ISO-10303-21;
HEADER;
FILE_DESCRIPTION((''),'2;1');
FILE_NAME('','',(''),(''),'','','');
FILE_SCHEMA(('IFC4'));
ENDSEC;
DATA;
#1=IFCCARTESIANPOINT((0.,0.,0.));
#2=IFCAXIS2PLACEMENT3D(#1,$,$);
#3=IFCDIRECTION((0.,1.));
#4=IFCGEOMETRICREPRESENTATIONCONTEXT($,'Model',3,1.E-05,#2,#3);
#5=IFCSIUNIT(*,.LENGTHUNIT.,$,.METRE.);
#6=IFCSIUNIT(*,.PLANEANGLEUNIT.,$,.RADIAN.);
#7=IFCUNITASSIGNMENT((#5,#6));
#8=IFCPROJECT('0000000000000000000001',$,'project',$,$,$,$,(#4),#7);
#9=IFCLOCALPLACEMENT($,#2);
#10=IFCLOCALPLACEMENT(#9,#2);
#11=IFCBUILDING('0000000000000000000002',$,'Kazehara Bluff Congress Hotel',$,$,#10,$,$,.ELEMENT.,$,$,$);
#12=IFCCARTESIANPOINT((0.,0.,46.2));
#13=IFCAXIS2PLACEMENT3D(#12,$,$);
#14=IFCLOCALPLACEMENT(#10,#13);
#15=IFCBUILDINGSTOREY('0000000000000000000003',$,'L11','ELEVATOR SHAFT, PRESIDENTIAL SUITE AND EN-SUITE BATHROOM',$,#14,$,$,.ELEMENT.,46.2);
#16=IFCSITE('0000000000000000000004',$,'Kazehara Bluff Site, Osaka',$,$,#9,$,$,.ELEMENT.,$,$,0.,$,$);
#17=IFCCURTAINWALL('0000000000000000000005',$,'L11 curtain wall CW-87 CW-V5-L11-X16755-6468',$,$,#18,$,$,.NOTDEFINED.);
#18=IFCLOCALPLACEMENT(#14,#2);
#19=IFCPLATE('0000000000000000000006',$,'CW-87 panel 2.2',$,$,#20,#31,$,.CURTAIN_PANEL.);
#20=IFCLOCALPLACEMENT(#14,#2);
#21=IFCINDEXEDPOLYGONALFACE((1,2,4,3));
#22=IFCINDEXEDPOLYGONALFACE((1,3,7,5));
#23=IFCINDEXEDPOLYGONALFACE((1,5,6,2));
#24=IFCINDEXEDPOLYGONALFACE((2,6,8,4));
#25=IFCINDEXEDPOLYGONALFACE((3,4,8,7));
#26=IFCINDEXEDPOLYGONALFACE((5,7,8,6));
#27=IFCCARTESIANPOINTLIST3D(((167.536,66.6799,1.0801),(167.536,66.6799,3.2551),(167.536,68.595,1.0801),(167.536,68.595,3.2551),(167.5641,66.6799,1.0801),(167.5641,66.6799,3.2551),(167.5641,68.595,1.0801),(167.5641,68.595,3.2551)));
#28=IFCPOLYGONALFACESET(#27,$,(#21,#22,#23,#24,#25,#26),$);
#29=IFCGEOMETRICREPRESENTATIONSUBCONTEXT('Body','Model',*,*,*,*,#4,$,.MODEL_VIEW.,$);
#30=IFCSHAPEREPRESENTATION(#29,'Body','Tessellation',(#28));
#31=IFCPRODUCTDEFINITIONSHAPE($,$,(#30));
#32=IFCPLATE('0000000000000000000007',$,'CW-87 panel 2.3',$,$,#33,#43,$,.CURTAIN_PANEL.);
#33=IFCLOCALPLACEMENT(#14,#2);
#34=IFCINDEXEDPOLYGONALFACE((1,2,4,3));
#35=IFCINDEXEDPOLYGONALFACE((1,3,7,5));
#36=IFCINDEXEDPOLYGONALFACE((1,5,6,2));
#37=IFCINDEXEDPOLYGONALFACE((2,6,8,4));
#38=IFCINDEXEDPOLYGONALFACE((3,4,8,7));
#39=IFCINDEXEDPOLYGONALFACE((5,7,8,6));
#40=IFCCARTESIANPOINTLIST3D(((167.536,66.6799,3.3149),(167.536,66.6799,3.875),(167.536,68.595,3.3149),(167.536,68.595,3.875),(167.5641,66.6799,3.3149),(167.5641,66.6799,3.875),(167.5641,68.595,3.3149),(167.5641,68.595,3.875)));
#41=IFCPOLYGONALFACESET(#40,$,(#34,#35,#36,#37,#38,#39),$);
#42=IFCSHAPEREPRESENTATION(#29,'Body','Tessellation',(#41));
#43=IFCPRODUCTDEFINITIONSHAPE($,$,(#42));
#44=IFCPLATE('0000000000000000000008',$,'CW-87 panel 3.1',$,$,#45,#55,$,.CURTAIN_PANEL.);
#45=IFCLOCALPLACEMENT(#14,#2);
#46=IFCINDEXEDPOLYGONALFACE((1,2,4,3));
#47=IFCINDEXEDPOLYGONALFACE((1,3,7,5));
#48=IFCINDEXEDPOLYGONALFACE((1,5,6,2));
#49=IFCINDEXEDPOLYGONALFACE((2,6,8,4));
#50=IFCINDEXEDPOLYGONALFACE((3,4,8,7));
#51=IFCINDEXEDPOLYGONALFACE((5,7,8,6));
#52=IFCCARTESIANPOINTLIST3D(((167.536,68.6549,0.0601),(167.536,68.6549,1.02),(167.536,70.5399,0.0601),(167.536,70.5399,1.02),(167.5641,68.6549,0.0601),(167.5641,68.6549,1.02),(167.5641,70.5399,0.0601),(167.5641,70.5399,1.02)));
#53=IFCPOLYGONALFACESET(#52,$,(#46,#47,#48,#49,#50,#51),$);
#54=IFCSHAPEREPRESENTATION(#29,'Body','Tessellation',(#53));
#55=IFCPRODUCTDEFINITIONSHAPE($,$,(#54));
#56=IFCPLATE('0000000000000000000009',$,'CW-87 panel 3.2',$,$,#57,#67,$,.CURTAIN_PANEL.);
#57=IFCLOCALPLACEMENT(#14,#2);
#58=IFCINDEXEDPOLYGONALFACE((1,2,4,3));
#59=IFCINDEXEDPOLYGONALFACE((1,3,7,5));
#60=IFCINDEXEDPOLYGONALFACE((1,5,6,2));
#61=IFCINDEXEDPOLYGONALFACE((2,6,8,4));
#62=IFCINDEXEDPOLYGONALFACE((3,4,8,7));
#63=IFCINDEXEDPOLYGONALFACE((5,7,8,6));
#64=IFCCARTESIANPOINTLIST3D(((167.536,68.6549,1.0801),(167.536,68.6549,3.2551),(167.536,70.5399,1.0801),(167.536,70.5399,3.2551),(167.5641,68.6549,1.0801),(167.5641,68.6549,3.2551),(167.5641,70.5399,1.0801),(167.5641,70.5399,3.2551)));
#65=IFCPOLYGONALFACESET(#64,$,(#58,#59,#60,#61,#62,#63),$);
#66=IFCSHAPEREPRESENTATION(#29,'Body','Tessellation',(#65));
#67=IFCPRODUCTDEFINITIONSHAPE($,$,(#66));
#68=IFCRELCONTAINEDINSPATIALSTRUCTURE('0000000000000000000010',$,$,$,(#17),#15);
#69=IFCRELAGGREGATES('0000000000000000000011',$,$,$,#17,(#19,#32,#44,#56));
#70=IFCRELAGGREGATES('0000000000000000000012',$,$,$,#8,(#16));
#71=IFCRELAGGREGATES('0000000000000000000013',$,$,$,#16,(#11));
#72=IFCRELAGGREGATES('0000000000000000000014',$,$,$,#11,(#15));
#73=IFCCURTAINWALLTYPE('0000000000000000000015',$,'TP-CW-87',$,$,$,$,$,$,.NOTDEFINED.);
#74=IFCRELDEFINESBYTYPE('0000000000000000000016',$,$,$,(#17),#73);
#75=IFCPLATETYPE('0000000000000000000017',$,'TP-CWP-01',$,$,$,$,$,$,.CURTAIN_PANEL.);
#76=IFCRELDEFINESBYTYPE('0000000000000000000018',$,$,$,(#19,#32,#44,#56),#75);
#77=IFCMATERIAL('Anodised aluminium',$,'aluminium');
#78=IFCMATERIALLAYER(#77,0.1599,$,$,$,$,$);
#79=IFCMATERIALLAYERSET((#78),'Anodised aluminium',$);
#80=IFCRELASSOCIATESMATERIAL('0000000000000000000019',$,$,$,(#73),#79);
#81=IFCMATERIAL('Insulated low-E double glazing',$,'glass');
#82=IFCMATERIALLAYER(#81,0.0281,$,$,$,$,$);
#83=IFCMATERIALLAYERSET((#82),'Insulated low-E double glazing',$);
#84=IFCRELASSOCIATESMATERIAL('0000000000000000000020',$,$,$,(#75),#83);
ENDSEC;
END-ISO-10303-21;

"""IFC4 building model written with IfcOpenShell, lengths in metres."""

from ifc_helpers import new_model, si_unit, direction, frame, origin, origin_2d, place, context, subcontext, project, spatial, rectangle, extrude, material, layer, layer_set, type_object, element, aggregate, save


model = new_model("IFC4")

# Units and contexts
model_context = context("Model", 3, precision=1e-05, world=origin(), true_north=direction((0.0, 1.0)))
body_context = subcontext(model_context, "Body", "Model", "MODEL_VIEW")
ifc_project = project(units=[si_unit("LENGTHUNIT", "METRE"), si_unit("PLANEANGLEUNIT", "RADIAN")], contexts=[model_context])

# Site, building, storey
site_placement = place(None, origin())
site = spatial("IfcSite", under=ifc_project, at=site_placement, Name="Kazehara Bluff Site, Osaka", CompositionType="ELEMENT", RefElevation=0.0)
building_placement = place(site_placement, origin())
building = spatial("IfcBuilding", under=site, at=building_placement, Name="Kazehara Bluff Congress Hotel", CompositionType="ELEMENT")
storey_placement = place(building_placement, frame((0.0, 0.0, 46.2)))
storey = spatial("IfcBuildingStorey", under=building, at=storey_placement, Name="L11", Description="ELEVATOR SHAFT, PRESIDENTIAL SUITE AND EN-SUITE BATHROOM", CompositionType="ELEMENT", Elevation=46.2)

# Curtain wall, plates
ifc_material_1 = material(Name="Anodised aluminium", Category="aluminium")
ifc_layer_1 = layer(ifc_material_1, 0.1599)
ifc_layer_set_1 = layer_set([ifc_layer_1], Name="Anodised aluminium")
curtain_wall_type = type_object("IfcCurtainWallType", Name="TP-CW-87", PredefinedType="NOTDEFINED", material=ifc_layer_set_1)
curtain_wall_placement = place(storey_placement, origin())
curtain_wall = element("IfcCurtainWall", 1, at=curtain_wall_placement, inside=storey, type_object=curtain_wall_type, Name="L11 curtain wall CW-87 CW-V5-L11-X16755-6468", PredefinedType="NOTDEFINED")
ifc_material_2 = material(Name="Insulated low-E double glazing", Category="glass")
ifc_layer_2 = layer(ifc_material_2, 0.0281)
ifc_layer_set_2 = layer_set([ifc_layer_2], Name="Insulated low-E double glazing")
plate_type = type_object("IfcPlateType", Name="TP-CWP-01", PredefinedType="CURTAIN_PANEL", material=ifc_layer_set_2)
plate_1_placement = place(storey_placement, frame((167.55, 67.6375, 1.0801), z_axis=(0.0, 0.0, 1.0), x_axis=(0.0, 1.0, 0.0)))
plate_1 = element("IfcPlate", 2, at=plate_1_placement, type_object=plate_type, Name="CW-87 panel 2.2", PredefinedType="CURTAIN_PANEL", context=body_context, shape_type="SweptSolid", body=[
    extrude(rectangle(XDim=1.915, YDim=0.0281, at=origin_2d()), origin(), (0.0, 0.0, 1.0), 2.175),
])
plate_2_placement = place(storey_placement, frame((167.55, 67.6375, 3.3149), z_axis=(0.0, 0.0, 1.0), x_axis=(0.0, 1.0, 0.0)))
plate_2 = element("IfcPlate", 3, at=plate_2_placement, type_object=plate_type, Name="CW-87 panel 2.3", PredefinedType="CURTAIN_PANEL", context=body_context, shape_type="SweptSolid", body=[
    extrude(rectangle(XDim=1.915, YDim=0.0281, at=origin_2d()), origin(), (0.0, 0.0, 1.0), 0.5601),
])
plate_3_placement = place(storey_placement, frame((167.55, 69.5974, 0.0601), z_axis=(0.0, 0.0, 1.0), x_axis=(0.0, 1.0, 0.0)))
plate_3 = element("IfcPlate", 4, at=plate_3_placement, type_object=plate_type, Name="CW-87 panel 3.1", PredefinedType="CURTAIN_PANEL", context=body_context, shape_type="SweptSolid", body=[
    extrude(rectangle(XDim=1.885, YDim=0.0281, at=origin_2d()), origin(), (0.0, 0.0, 1.0), 0.96),
])
plate_4_placement = place(storey_placement, frame((167.55, 69.5974, 1.0801), z_axis=(0.0, 0.0, 1.0), x_axis=(0.0, 1.0, 0.0)))
plate_4 = element("IfcPlate", 5, at=plate_4_placement, type_object=plate_type, Name="CW-87 panel 3.2", PredefinedType="CURTAIN_PANEL", context=body_context, shape_type="SweptSolid", body=[
    extrude(rectangle(XDim=1.885, YDim=0.0281, at=origin_2d()), origin(), (0.0, 0.0, 1.0), 2.175),
])
aggregate(curtain_wall, [plate_1, plate_2, plate_3, plate_4])

save(model, "model.ifc")
